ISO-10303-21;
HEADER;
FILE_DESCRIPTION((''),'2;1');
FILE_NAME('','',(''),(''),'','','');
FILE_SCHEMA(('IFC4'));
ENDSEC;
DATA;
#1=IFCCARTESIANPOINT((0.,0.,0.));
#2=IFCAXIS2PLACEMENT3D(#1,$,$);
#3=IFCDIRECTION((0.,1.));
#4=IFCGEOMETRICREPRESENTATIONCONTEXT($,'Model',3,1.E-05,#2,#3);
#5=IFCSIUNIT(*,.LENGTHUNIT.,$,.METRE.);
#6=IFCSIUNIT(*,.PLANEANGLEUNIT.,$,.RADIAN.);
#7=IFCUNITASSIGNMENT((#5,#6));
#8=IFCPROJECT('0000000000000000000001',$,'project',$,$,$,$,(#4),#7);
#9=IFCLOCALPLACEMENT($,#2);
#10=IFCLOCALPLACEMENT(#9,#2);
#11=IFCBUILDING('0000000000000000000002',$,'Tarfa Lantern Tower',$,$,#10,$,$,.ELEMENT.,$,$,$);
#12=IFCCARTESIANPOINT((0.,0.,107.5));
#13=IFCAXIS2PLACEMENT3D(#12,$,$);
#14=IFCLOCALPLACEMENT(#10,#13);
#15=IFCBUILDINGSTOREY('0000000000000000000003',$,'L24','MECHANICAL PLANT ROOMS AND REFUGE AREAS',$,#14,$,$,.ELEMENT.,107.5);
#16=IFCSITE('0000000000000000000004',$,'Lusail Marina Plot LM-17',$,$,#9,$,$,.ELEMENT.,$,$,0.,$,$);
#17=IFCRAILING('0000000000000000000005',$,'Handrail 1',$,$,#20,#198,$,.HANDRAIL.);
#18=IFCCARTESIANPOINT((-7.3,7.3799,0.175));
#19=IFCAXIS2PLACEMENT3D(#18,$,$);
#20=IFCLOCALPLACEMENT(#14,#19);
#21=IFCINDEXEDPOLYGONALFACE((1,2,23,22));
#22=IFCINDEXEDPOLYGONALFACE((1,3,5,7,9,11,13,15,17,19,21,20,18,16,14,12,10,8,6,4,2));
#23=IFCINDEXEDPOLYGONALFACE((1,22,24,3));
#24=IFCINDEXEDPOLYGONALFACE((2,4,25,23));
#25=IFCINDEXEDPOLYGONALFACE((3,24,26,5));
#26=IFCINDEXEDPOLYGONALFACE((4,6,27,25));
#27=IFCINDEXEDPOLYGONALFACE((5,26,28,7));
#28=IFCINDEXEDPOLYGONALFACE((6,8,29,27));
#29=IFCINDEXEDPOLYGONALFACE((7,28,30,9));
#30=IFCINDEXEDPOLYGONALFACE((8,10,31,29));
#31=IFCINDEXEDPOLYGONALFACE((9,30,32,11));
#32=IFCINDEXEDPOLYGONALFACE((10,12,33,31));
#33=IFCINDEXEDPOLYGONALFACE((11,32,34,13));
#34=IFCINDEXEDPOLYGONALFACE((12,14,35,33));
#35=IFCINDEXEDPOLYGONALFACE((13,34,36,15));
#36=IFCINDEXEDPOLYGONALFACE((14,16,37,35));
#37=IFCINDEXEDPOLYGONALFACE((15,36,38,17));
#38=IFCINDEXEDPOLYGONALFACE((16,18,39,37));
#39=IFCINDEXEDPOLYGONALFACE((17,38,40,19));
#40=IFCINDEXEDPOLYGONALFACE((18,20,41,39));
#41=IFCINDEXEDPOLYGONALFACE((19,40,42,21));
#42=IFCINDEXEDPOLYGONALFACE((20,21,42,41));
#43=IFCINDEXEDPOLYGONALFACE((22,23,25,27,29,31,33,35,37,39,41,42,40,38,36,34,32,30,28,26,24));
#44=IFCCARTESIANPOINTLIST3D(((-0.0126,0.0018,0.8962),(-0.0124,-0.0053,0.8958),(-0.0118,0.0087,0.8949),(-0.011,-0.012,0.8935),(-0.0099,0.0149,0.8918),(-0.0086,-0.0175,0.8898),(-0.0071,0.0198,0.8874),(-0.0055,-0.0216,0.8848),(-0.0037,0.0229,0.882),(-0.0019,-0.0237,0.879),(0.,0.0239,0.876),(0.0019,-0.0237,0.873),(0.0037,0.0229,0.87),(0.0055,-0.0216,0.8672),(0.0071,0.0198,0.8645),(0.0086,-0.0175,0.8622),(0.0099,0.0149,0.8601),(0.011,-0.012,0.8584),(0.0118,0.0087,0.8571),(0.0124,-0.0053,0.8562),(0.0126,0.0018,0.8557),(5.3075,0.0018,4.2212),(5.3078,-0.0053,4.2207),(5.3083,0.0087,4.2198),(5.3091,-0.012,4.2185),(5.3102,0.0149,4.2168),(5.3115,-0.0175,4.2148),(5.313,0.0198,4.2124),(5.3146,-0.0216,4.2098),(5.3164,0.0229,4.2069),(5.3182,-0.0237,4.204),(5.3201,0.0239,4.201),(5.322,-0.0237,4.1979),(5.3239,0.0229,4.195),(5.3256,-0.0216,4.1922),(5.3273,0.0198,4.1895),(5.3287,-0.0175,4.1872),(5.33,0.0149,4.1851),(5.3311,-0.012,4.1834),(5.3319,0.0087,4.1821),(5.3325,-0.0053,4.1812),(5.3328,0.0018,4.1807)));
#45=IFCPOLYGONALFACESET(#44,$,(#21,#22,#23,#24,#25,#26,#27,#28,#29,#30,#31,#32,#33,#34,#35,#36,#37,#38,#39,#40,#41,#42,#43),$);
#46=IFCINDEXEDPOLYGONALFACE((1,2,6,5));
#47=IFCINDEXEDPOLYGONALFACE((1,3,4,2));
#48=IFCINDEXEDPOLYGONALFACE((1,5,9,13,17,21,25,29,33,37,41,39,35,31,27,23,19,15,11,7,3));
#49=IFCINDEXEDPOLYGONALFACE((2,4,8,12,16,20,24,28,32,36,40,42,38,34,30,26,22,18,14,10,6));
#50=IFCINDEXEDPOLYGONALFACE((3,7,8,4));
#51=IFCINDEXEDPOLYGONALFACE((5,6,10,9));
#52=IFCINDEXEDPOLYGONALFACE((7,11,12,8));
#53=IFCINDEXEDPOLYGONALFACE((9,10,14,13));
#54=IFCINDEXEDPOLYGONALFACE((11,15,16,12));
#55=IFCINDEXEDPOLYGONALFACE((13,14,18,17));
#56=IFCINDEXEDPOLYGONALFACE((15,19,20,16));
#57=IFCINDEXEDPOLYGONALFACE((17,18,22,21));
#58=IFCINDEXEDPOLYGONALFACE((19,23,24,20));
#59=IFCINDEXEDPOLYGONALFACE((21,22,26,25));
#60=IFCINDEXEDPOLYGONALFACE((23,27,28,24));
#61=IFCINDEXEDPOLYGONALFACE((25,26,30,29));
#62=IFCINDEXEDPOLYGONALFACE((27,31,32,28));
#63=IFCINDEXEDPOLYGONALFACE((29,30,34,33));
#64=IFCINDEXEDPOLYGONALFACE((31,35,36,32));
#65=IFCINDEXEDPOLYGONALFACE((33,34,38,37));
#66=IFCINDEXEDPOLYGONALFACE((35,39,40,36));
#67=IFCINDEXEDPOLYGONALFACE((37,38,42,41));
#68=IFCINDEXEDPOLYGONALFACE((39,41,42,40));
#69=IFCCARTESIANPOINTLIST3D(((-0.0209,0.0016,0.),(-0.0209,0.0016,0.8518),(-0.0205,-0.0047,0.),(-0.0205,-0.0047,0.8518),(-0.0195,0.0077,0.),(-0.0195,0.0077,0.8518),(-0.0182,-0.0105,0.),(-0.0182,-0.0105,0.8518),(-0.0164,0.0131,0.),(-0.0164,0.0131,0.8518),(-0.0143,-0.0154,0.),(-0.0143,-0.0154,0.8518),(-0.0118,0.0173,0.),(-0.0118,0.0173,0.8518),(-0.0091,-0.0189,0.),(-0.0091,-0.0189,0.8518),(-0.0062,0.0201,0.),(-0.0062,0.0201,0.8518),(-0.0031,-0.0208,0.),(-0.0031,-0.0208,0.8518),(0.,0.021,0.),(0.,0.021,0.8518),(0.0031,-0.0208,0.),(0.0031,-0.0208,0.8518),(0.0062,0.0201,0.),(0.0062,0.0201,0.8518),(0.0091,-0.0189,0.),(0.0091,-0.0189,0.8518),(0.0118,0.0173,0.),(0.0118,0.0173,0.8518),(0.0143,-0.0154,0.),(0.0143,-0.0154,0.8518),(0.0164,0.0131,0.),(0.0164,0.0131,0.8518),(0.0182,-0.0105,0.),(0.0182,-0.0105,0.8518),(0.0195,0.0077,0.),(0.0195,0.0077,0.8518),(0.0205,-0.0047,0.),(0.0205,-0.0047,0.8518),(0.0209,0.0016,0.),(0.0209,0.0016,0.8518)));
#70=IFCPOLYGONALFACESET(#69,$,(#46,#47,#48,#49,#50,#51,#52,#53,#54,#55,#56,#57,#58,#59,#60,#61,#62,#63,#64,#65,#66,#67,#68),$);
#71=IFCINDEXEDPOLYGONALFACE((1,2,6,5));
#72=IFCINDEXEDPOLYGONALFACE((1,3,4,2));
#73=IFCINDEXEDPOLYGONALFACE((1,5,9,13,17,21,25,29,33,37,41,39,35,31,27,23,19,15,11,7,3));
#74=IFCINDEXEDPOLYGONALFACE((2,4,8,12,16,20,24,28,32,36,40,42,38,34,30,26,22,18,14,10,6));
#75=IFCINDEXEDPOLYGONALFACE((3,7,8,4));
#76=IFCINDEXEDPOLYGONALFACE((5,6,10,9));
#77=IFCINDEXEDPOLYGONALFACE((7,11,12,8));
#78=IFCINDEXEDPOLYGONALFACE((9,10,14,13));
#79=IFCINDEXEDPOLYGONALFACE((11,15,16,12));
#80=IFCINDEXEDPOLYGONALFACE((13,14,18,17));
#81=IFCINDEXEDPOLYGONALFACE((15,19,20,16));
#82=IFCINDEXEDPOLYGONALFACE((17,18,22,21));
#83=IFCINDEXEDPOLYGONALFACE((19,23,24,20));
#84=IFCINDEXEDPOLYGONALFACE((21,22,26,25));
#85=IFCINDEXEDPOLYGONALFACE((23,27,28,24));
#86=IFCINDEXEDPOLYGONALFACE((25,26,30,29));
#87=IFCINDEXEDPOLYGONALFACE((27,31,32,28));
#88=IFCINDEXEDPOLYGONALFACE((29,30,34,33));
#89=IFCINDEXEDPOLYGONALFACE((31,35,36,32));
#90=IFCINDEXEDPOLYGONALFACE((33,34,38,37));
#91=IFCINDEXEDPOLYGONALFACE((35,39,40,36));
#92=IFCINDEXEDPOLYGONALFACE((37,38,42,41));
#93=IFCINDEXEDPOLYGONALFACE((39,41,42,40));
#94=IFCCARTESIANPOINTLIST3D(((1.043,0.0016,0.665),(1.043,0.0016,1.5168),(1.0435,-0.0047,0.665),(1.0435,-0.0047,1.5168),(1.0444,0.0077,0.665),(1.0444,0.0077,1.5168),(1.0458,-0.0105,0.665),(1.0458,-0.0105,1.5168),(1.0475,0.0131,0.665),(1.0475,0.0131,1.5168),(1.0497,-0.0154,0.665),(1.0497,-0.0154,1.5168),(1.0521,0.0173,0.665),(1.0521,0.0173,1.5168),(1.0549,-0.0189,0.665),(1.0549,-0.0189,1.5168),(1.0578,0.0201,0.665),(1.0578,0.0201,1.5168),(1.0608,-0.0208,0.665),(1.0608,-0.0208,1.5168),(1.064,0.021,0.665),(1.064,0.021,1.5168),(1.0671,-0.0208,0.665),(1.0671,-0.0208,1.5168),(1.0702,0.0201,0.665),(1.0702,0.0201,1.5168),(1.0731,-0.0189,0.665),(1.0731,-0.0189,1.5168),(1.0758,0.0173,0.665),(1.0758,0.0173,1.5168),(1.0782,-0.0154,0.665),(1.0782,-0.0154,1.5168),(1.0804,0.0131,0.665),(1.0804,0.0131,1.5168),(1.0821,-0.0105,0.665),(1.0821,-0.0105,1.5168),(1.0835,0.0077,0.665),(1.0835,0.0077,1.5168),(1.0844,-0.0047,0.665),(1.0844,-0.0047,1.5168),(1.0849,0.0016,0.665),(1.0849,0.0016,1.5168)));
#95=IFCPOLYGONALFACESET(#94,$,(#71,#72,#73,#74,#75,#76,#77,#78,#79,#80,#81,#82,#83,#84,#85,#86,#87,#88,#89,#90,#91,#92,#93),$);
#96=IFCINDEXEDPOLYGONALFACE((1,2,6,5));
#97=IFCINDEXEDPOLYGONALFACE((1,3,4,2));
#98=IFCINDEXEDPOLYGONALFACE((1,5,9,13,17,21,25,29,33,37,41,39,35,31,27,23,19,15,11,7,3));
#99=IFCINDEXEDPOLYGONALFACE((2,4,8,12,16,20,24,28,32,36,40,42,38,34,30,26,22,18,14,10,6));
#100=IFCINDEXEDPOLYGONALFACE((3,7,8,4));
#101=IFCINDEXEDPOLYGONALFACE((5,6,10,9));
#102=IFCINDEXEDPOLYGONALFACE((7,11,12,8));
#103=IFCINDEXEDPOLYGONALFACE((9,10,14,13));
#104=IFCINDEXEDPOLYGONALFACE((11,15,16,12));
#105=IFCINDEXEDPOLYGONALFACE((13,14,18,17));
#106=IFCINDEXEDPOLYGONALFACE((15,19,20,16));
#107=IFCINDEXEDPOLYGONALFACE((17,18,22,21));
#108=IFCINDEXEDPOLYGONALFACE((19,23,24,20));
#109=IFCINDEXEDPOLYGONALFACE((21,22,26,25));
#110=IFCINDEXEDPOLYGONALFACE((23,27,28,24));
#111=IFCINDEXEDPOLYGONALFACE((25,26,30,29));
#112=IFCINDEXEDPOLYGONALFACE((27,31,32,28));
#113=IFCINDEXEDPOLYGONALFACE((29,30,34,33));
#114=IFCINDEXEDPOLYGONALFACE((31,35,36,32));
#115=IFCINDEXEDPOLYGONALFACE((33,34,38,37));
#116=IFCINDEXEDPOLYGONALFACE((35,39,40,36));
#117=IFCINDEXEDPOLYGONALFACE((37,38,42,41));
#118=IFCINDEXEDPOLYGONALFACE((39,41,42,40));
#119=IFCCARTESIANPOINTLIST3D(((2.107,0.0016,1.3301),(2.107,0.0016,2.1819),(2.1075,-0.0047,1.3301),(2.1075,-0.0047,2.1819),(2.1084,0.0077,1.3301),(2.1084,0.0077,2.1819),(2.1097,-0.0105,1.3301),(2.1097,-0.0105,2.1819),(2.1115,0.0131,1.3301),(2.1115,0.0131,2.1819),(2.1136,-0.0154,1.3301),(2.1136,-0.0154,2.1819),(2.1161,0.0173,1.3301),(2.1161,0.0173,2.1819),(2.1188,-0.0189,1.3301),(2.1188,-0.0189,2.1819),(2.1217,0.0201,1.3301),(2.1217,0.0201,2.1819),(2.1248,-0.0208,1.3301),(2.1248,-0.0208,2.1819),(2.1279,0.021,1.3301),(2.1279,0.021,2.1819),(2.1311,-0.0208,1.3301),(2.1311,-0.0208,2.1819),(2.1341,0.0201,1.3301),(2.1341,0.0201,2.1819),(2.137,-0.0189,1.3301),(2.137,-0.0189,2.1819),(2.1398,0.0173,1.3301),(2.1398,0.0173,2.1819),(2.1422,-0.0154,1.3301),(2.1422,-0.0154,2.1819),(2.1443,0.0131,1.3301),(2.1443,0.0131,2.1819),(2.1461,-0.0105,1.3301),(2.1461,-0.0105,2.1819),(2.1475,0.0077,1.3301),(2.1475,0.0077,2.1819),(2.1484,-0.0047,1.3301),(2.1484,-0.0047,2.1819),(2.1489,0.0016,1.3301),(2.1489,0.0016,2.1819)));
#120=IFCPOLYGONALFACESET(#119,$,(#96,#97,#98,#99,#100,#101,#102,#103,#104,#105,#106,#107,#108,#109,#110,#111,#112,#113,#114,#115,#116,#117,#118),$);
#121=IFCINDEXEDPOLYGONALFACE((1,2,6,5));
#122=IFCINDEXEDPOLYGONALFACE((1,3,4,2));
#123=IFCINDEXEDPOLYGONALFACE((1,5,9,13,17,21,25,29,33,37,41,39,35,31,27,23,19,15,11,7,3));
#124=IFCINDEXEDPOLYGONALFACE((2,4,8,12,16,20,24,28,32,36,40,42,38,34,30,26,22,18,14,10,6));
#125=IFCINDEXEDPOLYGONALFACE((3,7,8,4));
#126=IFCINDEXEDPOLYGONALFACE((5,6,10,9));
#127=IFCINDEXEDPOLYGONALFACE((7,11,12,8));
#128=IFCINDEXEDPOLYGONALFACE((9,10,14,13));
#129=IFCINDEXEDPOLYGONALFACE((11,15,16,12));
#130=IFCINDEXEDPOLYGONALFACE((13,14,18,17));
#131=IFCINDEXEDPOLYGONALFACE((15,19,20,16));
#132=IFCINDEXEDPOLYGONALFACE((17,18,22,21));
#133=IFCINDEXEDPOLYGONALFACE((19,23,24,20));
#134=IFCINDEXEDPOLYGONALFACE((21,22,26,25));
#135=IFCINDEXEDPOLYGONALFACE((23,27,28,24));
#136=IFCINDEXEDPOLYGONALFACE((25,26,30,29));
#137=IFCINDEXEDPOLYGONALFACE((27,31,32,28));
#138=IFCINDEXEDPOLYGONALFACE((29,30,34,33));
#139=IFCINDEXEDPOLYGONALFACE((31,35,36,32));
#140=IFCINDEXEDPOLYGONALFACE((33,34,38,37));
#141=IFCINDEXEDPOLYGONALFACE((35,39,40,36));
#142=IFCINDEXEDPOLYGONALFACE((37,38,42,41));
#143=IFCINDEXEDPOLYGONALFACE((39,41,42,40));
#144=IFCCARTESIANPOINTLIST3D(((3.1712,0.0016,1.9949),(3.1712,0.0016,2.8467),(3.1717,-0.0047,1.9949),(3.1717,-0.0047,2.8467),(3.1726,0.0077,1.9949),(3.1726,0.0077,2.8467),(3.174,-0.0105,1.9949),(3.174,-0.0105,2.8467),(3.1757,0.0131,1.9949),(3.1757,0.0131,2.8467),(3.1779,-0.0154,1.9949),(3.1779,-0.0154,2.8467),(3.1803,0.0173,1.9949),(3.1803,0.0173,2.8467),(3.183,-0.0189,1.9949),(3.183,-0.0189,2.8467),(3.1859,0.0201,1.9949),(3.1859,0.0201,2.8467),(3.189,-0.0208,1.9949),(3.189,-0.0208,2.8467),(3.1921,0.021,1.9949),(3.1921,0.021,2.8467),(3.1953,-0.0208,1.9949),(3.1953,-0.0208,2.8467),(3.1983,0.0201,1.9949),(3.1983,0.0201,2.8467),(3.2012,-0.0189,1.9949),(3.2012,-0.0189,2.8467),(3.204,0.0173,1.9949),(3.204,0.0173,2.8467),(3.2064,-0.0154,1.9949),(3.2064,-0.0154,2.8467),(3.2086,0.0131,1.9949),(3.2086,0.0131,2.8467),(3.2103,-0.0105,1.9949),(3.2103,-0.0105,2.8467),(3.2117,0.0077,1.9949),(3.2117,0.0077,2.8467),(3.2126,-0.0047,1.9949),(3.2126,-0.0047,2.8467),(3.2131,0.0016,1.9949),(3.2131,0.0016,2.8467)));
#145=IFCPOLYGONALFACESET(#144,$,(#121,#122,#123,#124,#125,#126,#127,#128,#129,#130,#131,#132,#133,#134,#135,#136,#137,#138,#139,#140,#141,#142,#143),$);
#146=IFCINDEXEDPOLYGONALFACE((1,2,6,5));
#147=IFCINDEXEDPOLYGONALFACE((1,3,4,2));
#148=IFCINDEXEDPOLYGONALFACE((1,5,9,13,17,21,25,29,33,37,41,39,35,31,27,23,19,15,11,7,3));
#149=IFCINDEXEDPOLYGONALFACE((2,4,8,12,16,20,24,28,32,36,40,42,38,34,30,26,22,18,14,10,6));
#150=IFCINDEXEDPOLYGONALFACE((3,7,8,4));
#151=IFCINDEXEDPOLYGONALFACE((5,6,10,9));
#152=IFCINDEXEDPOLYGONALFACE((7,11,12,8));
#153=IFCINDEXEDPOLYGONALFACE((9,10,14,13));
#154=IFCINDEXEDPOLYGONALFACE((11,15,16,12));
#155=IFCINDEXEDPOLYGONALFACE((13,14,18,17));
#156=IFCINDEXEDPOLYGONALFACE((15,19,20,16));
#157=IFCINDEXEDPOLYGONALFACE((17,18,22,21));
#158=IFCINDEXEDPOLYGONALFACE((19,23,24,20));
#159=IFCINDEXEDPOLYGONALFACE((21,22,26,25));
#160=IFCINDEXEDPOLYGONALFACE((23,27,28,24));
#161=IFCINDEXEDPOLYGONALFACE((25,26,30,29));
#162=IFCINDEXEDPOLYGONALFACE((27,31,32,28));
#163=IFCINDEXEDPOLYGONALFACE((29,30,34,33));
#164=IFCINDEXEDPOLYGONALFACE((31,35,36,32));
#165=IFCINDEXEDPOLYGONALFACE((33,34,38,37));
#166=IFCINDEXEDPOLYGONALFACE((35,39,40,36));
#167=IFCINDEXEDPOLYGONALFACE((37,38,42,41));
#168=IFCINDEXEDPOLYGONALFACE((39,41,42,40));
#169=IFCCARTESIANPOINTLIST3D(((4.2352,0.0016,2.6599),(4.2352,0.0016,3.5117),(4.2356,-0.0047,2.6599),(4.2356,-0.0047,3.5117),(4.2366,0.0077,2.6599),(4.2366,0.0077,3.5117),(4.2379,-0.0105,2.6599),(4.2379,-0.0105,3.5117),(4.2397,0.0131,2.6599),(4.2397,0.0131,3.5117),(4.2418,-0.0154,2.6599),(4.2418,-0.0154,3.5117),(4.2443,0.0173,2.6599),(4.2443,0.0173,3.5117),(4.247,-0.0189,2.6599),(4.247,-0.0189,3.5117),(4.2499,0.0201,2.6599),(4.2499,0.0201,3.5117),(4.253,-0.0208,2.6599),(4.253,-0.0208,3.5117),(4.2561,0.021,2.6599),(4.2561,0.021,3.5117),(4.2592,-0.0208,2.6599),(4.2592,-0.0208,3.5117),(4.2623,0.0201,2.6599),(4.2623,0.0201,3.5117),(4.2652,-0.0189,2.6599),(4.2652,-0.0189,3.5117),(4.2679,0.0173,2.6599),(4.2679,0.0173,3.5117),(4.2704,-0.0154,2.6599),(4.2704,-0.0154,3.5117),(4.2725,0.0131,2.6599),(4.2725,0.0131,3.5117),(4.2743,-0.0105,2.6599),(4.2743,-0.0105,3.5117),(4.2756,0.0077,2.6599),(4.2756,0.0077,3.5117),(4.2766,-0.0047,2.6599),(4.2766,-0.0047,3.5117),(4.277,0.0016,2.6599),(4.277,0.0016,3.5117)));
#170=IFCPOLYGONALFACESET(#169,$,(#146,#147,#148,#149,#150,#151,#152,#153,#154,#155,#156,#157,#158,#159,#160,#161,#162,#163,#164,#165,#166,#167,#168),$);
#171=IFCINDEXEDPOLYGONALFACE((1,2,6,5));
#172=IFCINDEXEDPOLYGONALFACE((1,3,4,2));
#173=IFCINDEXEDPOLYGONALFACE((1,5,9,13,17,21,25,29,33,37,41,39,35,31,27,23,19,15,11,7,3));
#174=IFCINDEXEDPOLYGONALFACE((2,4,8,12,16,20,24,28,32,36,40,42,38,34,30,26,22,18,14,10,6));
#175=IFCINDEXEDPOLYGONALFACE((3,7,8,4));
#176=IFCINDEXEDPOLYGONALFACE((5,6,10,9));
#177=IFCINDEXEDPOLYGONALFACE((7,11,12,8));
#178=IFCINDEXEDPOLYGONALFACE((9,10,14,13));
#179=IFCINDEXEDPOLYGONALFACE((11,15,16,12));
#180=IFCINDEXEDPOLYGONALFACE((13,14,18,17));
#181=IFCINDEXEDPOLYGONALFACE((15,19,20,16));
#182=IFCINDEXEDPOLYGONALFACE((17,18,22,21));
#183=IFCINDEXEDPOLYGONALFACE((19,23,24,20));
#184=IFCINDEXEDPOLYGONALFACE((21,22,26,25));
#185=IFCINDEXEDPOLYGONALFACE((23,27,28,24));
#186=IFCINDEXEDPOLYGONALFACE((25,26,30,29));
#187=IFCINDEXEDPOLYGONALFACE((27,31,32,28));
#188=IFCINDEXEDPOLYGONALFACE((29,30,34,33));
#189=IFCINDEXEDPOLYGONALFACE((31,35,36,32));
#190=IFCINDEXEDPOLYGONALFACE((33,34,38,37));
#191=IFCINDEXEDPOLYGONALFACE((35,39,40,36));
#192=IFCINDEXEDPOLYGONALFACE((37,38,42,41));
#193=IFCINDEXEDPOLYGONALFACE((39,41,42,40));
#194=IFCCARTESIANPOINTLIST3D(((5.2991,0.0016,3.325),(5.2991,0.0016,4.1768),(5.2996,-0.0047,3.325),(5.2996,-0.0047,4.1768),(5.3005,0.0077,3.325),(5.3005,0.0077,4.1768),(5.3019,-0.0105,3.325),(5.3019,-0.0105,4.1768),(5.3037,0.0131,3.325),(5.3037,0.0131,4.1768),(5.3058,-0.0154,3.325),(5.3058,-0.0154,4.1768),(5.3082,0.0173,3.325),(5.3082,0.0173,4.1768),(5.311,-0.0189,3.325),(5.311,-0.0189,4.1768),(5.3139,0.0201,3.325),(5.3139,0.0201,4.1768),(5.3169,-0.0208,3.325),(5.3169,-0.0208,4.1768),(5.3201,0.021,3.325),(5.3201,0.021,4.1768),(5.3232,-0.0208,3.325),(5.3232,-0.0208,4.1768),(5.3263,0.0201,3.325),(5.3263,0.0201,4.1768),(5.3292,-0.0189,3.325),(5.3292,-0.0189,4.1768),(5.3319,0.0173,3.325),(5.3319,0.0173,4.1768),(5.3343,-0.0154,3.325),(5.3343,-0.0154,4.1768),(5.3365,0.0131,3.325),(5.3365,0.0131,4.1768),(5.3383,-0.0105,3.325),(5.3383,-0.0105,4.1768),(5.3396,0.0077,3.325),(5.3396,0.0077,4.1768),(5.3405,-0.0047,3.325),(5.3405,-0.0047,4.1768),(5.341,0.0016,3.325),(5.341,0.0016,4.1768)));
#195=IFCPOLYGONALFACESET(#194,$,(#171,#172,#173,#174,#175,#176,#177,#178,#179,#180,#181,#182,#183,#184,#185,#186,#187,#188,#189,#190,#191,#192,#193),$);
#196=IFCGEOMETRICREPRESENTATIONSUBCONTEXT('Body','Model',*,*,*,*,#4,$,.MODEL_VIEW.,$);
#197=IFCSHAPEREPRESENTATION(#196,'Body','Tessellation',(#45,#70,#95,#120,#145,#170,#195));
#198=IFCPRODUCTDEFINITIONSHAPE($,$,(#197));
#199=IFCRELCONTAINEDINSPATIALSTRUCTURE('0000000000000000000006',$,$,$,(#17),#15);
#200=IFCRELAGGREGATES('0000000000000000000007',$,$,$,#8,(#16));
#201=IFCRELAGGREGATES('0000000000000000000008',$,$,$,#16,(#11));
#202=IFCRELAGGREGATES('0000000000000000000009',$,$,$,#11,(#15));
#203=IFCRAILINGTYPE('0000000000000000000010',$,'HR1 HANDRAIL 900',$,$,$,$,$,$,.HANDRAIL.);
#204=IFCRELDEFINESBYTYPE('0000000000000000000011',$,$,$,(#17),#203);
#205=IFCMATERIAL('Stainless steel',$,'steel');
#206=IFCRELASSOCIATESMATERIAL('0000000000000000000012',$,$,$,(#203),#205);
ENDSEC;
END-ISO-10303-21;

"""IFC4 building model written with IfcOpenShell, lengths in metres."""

from ifc_helpers import new_model, si_unit, direction, frame, origin, origin_2d, place, context, subcontext, project, spatial, circle, extrude, material, type_object, element, save


model = new_model("IFC4")

# Units and contexts
model_context = context("Model", 3, precision=1e-05, world=origin(), true_north=direction((0.0, 1.0)))
body_context = subcontext(model_context, "Body", "Model", "MODEL_VIEW")
ifc_project = project(units=[si_unit("LENGTHUNIT", "METRE"), si_unit("PLANEANGLEUNIT", "RADIAN")], contexts=[model_context])

# Site, building, storey
site_placement = place(None, origin())
site = spatial("IfcSite", under=ifc_project, at=site_placement, Name="Lusail Marina Plot LM-17", CompositionType="ELEMENT", RefElevation=0.0)
building_placement = place(site_placement, origin())
building = spatial("IfcBuilding", under=site, at=building_placement, Name="Tarfa Lantern Tower", CompositionType="ELEMENT")
storey_placement = place(building_placement, frame((0.0, 0.0, 107.5)))
storey = spatial("IfcBuildingStorey", under=building, at=storey_placement, Name="L24", Description="MECHANICAL PLANT ROOMS AND REFUGE AREAS", CompositionType="ELEMENT", Elevation=107.5)

# Railing
ifc_material_1 = material(Name="Stainless steel", Category="steel")
railing_type = type_object("IfcRailingType", Name="HR1 HANDRAIL 900", PredefinedType="HANDRAIL", material=ifc_material_1)
railing_1_placement = place(storey_placement, frame((-7.3, 7.3799, 0.175)))
element("IfcRailing", 1, at=railing_1_placement, inside=storey, type_object=railing_type, Name="Handrail 1", PredefinedType="HANDRAIL", context=body_context, shape_type="SweptSolid", body=[
    extrude(circle(Radius=0.0239, at=origin_2d()), frame((0.0, 0.0, 0.876), z_axis=(0.848005, 0.0, 0.529988), x_axis=(0.0, 1.0, 0.0)), (0.0, 0.0, 1.0), 6.2737),
    extrude(circle(Radius=0.021, at=origin_2d()), frame((0.0, 0.0, 0.0), z_axis=(0.0, 0.0, 1.0), x_axis=(0.0, 1.0, 0.0)), (0.0, 0.0, 1.0), 0.8518),
    extrude(circle(Radius=0.021, at=origin_2d()), frame((1.064, 0.0, 0.665), z_axis=(0.0, 0.0, 1.0), x_axis=(0.0, 1.0, 0.0)), (0.0, 0.0, 1.0), 0.8518),
    extrude(circle(Radius=0.021, at=origin_2d()), frame((2.1279, 0.0, 1.3301), z_axis=(0.0, 0.0, 1.0), x_axis=(0.0, 1.0, 0.0)), (0.0, 0.0, 1.0), 0.8518),
    extrude(circle(Radius=0.021, at=origin_2d()), frame((3.1921, 0.0, 1.9949), z_axis=(0.0, 0.0, 1.0), x_axis=(0.0, 1.0, 0.0)), (0.0, 0.0, 1.0), 0.8518),
    extrude(circle(Radius=0.021, at=origin_2d()), frame((4.2561, 0.0, 2.6599), z_axis=(0.0, 0.0, 1.0), x_axis=(0.0, 1.0, 0.0)), (0.0, 0.0, 1.0), 0.8518),
    extrude(circle(Radius=0.021, at=origin_2d()), frame((5.3201, 0.0, 3.325), z_axis=(0.0, 0.0, 1.0), x_axis=(0.0, 1.0, 0.0)), (0.0, 0.0, 1.0), 0.8518),
])

save(model, "model.ifc")
